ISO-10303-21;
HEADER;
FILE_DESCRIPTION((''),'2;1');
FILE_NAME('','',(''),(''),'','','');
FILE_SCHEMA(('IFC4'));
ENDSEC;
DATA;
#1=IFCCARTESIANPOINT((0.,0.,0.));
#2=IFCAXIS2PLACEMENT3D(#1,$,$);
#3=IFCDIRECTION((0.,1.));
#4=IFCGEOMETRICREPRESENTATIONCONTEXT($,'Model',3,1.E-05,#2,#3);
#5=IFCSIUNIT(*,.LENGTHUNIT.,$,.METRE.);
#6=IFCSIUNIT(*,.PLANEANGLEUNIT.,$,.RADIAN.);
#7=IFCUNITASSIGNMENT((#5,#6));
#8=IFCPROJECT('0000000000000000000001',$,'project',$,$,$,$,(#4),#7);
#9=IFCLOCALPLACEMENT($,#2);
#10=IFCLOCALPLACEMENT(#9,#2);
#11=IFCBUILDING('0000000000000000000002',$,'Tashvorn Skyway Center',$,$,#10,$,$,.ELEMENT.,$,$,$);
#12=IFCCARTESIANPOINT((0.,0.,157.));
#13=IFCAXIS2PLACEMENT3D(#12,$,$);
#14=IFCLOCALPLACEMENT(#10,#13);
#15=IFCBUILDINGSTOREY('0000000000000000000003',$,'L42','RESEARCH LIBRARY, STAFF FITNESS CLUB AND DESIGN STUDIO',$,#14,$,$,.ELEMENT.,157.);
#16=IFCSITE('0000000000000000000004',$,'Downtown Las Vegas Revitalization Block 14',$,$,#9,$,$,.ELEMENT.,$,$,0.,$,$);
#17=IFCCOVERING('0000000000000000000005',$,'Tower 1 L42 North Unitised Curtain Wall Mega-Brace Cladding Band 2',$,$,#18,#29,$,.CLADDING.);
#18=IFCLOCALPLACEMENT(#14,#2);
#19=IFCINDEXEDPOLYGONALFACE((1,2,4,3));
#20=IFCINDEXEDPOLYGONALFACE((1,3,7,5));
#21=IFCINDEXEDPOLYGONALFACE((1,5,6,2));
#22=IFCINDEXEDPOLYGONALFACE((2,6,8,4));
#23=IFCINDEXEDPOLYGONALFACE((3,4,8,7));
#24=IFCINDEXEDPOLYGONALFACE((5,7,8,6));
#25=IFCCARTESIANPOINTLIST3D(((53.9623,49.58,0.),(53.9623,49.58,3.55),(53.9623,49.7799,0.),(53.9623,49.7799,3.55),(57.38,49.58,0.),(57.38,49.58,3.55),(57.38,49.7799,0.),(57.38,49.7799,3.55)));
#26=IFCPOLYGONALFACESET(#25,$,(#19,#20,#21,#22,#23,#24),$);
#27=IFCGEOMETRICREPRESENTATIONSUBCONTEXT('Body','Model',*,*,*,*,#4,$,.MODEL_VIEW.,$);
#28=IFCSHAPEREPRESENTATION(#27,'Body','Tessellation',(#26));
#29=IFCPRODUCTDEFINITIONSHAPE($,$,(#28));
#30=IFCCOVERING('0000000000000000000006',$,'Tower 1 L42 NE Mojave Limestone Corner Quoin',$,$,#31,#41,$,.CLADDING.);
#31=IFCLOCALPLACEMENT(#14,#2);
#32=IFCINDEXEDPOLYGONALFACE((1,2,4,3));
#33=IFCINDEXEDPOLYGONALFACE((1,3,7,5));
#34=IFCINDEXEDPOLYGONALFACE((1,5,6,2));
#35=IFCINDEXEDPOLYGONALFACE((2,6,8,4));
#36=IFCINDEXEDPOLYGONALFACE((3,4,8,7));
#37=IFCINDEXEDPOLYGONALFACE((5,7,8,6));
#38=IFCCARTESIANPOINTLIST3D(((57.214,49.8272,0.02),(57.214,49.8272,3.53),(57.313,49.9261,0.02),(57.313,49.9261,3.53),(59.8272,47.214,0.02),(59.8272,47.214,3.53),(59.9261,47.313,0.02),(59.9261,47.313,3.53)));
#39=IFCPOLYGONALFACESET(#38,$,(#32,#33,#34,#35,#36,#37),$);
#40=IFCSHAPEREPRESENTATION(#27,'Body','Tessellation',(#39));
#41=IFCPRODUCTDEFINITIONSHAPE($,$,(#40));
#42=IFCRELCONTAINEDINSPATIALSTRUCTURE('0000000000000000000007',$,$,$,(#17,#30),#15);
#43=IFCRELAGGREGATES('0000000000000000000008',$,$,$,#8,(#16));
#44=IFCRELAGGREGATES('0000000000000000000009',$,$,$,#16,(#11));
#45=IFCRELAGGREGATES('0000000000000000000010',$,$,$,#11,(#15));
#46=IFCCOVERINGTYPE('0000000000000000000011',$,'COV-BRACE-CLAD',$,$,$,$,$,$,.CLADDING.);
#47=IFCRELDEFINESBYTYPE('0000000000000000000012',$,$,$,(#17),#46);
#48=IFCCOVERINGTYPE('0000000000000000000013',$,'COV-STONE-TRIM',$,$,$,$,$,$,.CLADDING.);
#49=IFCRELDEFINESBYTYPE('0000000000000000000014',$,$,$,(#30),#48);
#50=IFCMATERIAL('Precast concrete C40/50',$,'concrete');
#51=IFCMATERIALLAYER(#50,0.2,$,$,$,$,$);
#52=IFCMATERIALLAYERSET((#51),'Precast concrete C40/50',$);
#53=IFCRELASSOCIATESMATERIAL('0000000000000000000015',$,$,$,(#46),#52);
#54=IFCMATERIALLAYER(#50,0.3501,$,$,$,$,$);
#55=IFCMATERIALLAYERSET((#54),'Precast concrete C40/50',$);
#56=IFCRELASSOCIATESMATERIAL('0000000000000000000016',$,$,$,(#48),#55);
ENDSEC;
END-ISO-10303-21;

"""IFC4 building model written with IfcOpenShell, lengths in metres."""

from ifc_helpers import new_model, si_unit, direction, frame, origin, origin_2d, place, context, subcontext, project, spatial, rectangle, extrude, material, layer, layer_set, type_object, element, save


model = new_model("IFC4")

# Units and contexts
model_context = context("Model", 3, precision=1e-05, world=origin(), true_north=direction((0.0, 1.0)))
body_context = subcontext(model_context, "Body", "Model", "MODEL_VIEW")
ifc_project = project(units=[si_unit("LENGTHUNIT", "METRE"), si_unit("PLANEANGLEUNIT", "RADIAN")], contexts=[model_context])

# Site, building, storey
site_placement = place(None, origin())
site = spatial("IfcSite", under=ifc_project, at=site_placement, Name="Downtown Las Vegas Revitalization Block 14", CompositionType="ELEMENT", RefElevation=0.0)
building_placement = place(site_placement, origin())
building = spatial("IfcBuilding", under=site, at=building_placement, Name="Tashvorn Skyway Center", CompositionType="ELEMENT")
storey_placement = place(building_placement, frame((0.0, 0.0, 157.0)))
storey = spatial("IfcBuildingStorey", under=building, at=storey_placement, Name="L42", Description="RESEARCH LIBRARY, STAFF FITNESS CLUB AND DESIGN STUDIO", CompositionType="ELEMENT", Elevation=157.0)

# Shared definitions
ifc_material_1 = material(Name="Precast concrete C40/50", Category="concrete")

# Coverings
ifc_layer_1 = layer(ifc_material_1, 0.2)
ifc_layer_set_1 = layer_set([ifc_layer_1], Name="Precast concrete C40/50")
covering_type_1 = type_object("IfcCoveringType", Name="COV-BRACE-CLAD", PredefinedType="CLADDING", material=ifc_layer_set_1)
covering_1_placement = place(storey_placement, frame((55.6711, 49.6799, 0.0), z_axis=(0.0, 0.0, 1.0), x_axis=(1.0, 0.0, 0.0)))
element("IfcCovering", 1, at=covering_1_placement, inside=storey, type_object=covering_type_1, Name="Tower 1 L42 North Unitised Curtain Wall Mega-Brace Cladding Band 2", PredefinedType="CLADDING", context=body_context, shape_type="SweptSolid", body=[
    extrude(rectangle(XDim=3.4177, YDim=0.2, at=origin_2d()), origin(), (0.0, 0.0, 1.0), 3.55),
])
ifc_layer_2 = layer(ifc_material_1, 0.3501)
ifc_layer_set_2 = layer_set([ifc_layer_2], Name="Precast concrete C40/50")
covering_type_2 = type_object("IfcCoveringType", Name="COV-STONE-TRIM", PredefinedType="CLADDING", material=ifc_layer_set_2)
covering_2_placement = place(storey_placement, frame((58.5701, 48.5701, 0.02), z_axis=(0.0, 0.0, 1.0), x_axis=(0.707107, -0.707107, 0.0)))
element("IfcCovering", 2, at=covering_2_placement, inside=storey, type_object=covering_type_2, Name="Tower 1 L42 NE Mojave Limestone Corner Quoin", PredefinedType="CLADDING", context=body_context, shape_type="SweptSolid", body=[
    extrude(rectangle(XDim=3.6956, YDim=0.1399, at=origin_2d()), origin(), (0.0, 0.0, 1.0), 3.51),
])

save(model, "model.ifc")
